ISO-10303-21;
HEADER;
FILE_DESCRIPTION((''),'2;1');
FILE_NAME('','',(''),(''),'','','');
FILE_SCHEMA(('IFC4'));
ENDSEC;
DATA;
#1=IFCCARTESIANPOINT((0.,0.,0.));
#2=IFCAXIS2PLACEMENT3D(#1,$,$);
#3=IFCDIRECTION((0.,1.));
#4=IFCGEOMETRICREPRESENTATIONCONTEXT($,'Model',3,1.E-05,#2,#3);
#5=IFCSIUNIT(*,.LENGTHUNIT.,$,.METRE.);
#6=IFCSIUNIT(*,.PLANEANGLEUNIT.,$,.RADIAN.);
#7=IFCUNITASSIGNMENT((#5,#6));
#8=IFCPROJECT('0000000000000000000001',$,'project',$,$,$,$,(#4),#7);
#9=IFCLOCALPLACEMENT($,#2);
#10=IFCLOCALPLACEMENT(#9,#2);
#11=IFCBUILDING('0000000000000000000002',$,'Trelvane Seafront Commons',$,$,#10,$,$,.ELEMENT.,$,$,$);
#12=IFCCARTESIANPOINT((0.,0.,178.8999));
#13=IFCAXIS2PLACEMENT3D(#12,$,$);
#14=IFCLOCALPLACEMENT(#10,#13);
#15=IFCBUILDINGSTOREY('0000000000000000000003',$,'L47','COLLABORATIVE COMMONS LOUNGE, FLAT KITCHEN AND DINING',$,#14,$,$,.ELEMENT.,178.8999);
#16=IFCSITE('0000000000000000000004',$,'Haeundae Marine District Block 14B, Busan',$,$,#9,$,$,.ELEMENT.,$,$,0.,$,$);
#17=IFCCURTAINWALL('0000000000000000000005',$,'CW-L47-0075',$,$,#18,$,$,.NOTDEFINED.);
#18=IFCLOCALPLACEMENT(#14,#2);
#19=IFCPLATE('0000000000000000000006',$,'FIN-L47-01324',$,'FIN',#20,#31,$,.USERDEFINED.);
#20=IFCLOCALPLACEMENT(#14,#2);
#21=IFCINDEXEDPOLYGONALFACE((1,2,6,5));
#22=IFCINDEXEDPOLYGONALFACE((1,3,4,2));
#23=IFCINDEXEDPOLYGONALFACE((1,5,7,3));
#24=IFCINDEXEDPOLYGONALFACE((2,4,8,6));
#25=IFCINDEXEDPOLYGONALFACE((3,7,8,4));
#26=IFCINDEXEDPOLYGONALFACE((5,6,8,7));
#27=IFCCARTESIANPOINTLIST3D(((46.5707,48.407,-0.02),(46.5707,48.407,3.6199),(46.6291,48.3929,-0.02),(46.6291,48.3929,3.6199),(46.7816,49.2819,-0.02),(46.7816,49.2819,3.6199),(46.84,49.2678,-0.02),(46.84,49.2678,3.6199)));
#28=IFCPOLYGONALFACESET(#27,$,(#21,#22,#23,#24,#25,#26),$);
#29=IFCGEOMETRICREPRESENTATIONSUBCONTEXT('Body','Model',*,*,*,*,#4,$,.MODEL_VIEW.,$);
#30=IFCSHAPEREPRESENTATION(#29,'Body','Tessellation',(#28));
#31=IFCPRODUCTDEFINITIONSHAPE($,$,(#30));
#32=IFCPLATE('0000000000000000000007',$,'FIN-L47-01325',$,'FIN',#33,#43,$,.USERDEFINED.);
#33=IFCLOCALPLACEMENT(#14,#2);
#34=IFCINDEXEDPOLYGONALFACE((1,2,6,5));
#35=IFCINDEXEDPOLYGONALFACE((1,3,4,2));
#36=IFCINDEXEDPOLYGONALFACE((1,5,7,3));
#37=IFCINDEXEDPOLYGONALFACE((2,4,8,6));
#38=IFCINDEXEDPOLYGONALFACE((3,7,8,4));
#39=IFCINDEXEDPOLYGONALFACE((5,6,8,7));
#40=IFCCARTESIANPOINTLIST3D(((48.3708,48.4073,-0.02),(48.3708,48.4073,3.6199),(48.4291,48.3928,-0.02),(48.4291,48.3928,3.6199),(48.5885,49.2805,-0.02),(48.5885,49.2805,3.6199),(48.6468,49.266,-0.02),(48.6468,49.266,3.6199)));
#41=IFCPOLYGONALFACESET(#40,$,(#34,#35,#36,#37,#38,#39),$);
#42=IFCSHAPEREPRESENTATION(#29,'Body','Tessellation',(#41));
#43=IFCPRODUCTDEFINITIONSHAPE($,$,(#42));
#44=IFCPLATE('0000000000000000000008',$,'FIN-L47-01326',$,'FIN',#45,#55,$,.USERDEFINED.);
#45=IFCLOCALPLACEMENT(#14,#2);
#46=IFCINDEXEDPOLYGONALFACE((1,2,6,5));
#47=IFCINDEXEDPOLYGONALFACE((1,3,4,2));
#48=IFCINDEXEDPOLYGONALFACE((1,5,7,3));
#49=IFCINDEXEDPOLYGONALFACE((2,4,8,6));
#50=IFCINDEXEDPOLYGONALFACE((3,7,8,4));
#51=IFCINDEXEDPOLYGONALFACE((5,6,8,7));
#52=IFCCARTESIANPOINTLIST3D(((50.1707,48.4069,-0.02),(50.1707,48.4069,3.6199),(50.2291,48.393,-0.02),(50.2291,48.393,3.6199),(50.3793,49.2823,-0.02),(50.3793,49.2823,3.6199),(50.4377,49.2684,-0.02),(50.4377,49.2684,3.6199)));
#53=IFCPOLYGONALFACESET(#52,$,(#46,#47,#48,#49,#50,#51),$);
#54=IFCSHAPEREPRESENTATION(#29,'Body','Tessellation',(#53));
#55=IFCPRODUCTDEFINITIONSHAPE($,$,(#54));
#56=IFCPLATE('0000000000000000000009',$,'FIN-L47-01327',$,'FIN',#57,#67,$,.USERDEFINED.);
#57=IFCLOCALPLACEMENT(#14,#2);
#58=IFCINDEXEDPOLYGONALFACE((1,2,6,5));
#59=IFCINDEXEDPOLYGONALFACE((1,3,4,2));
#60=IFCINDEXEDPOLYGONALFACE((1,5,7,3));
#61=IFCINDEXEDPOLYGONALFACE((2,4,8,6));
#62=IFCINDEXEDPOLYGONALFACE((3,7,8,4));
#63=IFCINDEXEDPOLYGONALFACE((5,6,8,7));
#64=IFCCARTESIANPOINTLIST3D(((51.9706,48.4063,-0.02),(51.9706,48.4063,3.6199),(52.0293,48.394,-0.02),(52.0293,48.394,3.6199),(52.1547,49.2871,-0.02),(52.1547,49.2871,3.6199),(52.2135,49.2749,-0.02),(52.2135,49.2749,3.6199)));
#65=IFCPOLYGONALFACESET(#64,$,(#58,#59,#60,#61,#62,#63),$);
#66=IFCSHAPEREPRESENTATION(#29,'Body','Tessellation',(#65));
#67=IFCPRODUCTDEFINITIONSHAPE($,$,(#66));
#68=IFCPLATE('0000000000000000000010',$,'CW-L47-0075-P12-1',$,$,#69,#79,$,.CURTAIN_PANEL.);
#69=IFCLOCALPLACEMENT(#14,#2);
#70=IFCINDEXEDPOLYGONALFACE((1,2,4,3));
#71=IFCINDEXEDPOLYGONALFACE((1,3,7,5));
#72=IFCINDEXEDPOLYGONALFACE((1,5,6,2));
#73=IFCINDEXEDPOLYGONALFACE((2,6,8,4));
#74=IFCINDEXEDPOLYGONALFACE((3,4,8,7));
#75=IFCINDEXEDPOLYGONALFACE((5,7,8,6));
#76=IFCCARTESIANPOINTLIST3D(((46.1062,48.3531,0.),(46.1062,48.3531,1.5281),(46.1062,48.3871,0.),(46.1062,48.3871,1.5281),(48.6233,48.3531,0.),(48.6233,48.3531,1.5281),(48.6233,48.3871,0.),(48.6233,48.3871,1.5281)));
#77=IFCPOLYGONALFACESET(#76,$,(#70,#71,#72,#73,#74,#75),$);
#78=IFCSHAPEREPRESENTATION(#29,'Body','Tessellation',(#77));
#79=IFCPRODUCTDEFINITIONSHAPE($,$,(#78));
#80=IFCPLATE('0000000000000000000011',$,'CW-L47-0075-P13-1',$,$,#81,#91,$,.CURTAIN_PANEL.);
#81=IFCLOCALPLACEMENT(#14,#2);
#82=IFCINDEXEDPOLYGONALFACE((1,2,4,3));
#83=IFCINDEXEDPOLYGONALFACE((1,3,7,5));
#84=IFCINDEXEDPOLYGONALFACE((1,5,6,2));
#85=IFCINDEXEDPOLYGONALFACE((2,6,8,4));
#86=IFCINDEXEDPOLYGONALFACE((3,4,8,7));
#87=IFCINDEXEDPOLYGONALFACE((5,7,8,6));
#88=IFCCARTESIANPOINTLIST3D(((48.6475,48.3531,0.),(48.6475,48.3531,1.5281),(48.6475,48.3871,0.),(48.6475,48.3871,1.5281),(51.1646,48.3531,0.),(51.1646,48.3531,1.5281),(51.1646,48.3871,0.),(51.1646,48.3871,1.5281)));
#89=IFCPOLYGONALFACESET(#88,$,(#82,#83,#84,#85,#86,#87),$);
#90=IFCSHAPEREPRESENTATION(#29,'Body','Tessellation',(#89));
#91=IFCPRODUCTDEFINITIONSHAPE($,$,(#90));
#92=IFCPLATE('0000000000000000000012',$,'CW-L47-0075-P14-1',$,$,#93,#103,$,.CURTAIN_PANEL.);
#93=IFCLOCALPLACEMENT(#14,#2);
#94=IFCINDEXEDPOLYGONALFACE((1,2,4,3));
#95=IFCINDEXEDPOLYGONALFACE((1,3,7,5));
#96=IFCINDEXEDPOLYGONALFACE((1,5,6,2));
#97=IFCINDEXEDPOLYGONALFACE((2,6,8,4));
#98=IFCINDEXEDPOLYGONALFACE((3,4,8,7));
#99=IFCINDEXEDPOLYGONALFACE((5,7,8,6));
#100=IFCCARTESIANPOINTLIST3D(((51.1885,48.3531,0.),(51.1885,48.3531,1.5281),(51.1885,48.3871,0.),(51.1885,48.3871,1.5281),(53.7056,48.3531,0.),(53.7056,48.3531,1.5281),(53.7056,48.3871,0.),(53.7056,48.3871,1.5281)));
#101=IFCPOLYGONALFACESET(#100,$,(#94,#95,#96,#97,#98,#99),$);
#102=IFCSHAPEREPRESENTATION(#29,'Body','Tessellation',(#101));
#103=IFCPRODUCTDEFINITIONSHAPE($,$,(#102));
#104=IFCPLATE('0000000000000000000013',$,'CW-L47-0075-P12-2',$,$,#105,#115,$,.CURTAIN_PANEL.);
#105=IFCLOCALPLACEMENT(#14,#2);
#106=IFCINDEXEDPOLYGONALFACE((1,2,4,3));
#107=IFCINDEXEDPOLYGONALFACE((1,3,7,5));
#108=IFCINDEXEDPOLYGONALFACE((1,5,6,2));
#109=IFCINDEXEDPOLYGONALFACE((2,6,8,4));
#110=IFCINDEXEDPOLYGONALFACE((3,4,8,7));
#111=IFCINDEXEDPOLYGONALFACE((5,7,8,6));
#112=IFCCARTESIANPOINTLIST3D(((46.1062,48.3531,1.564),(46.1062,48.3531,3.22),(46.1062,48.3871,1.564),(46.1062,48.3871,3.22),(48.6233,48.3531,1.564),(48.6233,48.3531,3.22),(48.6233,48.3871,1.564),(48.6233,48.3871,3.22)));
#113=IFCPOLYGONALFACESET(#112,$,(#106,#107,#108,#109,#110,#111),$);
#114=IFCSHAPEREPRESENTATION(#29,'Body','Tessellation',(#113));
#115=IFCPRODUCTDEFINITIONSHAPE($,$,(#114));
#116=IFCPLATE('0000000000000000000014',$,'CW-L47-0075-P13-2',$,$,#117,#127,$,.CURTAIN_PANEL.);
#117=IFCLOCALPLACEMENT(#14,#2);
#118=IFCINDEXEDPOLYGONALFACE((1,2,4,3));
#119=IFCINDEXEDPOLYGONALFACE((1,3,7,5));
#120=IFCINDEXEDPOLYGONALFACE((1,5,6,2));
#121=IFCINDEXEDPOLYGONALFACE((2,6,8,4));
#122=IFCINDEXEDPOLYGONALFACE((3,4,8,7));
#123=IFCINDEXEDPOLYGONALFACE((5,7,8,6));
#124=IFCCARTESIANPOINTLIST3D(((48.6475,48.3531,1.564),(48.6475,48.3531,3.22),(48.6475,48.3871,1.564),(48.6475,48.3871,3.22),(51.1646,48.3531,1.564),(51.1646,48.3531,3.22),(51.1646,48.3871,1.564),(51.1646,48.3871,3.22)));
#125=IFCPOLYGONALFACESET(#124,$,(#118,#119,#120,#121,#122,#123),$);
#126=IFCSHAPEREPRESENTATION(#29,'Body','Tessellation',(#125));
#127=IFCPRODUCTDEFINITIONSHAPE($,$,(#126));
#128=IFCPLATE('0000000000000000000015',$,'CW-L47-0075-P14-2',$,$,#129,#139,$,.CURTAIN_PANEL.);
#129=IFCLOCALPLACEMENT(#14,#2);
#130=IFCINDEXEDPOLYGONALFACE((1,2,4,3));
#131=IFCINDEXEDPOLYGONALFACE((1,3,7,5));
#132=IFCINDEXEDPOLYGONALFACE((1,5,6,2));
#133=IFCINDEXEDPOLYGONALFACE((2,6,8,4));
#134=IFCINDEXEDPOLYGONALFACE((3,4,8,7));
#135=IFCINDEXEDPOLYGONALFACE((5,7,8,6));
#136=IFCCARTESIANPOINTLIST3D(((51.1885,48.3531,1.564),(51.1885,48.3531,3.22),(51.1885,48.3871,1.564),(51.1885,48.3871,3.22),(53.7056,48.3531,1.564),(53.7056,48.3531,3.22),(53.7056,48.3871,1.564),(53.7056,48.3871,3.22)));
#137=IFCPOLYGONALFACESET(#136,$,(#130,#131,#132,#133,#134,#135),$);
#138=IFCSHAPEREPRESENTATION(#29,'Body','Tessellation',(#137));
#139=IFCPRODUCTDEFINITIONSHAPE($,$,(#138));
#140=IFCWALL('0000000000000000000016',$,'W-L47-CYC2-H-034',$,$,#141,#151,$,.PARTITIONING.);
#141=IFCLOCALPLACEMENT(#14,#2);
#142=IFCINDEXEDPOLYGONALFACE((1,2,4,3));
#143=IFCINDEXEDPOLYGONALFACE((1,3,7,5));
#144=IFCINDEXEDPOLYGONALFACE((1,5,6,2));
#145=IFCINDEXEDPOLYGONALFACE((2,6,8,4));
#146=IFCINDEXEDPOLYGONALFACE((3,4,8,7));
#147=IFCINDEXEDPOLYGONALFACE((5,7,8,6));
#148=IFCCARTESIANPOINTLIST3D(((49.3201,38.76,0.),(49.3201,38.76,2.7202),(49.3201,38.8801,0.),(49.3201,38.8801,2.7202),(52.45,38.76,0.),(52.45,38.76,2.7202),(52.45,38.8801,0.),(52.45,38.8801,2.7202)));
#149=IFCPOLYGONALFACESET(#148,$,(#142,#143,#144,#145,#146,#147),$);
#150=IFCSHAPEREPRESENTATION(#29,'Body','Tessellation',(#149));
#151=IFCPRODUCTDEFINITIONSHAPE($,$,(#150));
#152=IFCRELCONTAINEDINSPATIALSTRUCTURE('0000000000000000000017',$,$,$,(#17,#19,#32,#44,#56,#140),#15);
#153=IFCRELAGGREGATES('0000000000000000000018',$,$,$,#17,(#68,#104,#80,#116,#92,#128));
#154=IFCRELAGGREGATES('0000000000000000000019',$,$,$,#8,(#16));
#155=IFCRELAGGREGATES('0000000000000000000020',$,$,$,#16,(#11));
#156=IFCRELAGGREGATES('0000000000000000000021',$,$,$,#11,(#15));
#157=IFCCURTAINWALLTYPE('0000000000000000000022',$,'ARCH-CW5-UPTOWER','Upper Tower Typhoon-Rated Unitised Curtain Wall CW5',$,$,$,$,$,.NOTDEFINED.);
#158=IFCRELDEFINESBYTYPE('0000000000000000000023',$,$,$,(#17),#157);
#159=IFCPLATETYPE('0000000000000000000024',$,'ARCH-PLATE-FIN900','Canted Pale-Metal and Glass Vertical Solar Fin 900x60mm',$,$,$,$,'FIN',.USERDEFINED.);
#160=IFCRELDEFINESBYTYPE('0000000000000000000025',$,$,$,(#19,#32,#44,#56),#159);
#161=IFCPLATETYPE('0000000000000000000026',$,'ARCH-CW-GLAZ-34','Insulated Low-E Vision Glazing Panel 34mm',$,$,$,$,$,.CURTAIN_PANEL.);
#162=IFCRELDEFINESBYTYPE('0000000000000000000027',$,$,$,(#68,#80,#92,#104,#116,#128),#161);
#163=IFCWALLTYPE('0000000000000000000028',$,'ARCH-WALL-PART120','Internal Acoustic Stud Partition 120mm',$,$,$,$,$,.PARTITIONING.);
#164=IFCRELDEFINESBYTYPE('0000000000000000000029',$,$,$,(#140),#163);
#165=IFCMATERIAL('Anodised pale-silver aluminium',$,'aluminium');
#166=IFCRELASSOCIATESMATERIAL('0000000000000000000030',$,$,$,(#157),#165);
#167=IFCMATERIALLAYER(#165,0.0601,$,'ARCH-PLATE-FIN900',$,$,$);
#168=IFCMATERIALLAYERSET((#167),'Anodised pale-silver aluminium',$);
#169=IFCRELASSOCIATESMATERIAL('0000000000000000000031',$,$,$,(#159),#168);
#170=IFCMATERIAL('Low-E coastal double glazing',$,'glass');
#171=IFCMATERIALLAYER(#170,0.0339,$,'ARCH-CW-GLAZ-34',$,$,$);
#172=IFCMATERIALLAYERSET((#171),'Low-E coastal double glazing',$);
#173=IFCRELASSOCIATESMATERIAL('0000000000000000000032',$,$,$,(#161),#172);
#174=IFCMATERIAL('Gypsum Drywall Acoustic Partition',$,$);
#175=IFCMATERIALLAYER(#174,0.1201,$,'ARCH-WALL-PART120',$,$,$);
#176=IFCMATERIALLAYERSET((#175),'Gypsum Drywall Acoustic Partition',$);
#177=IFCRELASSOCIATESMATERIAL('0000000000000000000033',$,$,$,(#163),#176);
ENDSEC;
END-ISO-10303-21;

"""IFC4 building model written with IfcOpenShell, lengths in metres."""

from ifc_helpers import new_model, si_unit, direction, frame, frame_2d, origin, origin_2d, place, context, subcontext, project, spatial, rectangle, extrude, source, transform, mapped, material, layer, layer_set, type_object, element, aggregate, save


model = new_model("IFC4")

# Units and contexts
model_context = context("Model", 3, precision=1e-05, world=origin(), true_north=direction((0.0, 1.0)))
body_context = subcontext(model_context, "Body", "Model", "MODEL_VIEW")
ifc_project = project(units=[si_unit("LENGTHUNIT", "METRE"), si_unit("PLANEANGLEUNIT", "RADIAN")], contexts=[model_context])

# Site, building, storey
site_placement = place(None, origin())
site = spatial("IfcSite", under=ifc_project, at=site_placement, Name="Haeundae Marine District Block 14B, Busan", CompositionType="ELEMENT", RefElevation=0.0)
building_placement = place(site_placement, origin())
building = spatial("IfcBuilding", under=site, at=building_placement, Name="Trelvane Seafront Commons", CompositionType="ELEMENT")
storey_placement = place(building_placement, frame((0.0, 0.0, 178.8999)))
storey = spatial("IfcBuildingStorey", under=building, at=storey_placement, Name="L47", Description="COLLABORATIVE COMMONS LOUNGE, FLAT KITCHEN AND DINING", CompositionType="ELEMENT", Elevation=178.8999)

# Curtain wall
ifc_material_1 = material(Name="Anodised pale-silver aluminium", Category="aluminium")
curtain_wall_type = type_object("IfcCurtainWallType", Name="ARCH-CW5-UPTOWER", Description="Upper Tower Typhoon-Rated Unitised Curtain Wall CW5", PredefinedType="NOTDEFINED", material=ifc_material_1)
curtain_wall_placement = place(storey_placement, origin())
curtain_wall = element("IfcCurtainWall", 1, at=curtain_wall_placement, inside=storey, type_object=curtain_wall_type, Name="CW-L47-0075", PredefinedType="NOTDEFINED")

# Plates
ifc_layer_1 = layer(ifc_material_1, 0.0601, Name="ARCH-PLATE-FIN900")
ifc_layer_set_1 = layer_set([ifc_layer_1], Name="Anodised pale-silver aluminium")
plate_type_1 = type_object("IfcPlateType", Name="ARCH-PLATE-FIN900", Description="Canted Pale-Metal and Glass Vertical Solar Fin 900x60mm", ElementType="FIN", PredefinedType="USERDEFINED", material=ifc_layer_set_1)
shared_shape_1 = source(origin(), body_context, "Body", "SweptSolid", [
    extrude(rectangle(XDim=0.8999, YDim=0.0601, at=origin_2d()), origin(), (0.0, 0.0, 1.0), 3.6399),
])
for number, where, z_axis, x_axis, name in (
    (2, (46.7053, 48.8374, -0.02), (0.0, 0.0, 1.0), (0.234343, 0.972154, 0.0), "FIN-L47-01324"),
    (3, (48.5088, 48.8367, -0.02), (0.0, 0.0, 1.0), (0.241881, 0.970306, 0.0), "FIN-L47-01325"),
    (4, (50.3042, 48.8376, -0.02), (0.0, 0.0, 1.0), (0.231775, 0.972769, 0.0), "FIN-L47-01326"),
    (5, (52.092, 48.8406, -0.02), (0.0, 0.0, 1.0), (0.204677, 0.97883, 0.0), "FIN-L47-01327"),
):
    element("IfcPlate", number, at=place(storey_placement, frame(where, z_axis=z_axis, x_axis=x_axis)), inside=storey, type_object=plate_type_1, Name=name, ObjectType="FIN", PredefinedType="USERDEFINED", context=body_context, shape_type="MappedRepresentation", body=[
        mapped(shared_shape_1, transform((0.0, 0.0, 0.0), x_axis=(1.0, 0.0, 0.0), y_axis=(0.0, 1.0, 0.0), z_axis=(0.0, 0.0, 1.0), scale=1.0)),
    ])

# Plates
ifc_material_2 = material(Name="Low-E coastal double glazing", Category="glass")
ifc_layer_2 = layer(ifc_material_2, 0.0339, Name="ARCH-CW-GLAZ-34")
ifc_layer_set_2 = layer_set([ifc_layer_2], Name="Low-E coastal double glazing")
plate_type_2 = type_object("IfcPlateType", Name="ARCH-CW-GLAZ-34", Description="Insulated Low-E Vision Glazing Panel 34mm", PredefinedType="CURTAIN_PANEL", material=ifc_layer_set_2)
shared_shape_2 = source(origin(), body_context, "Body", "SweptSolid", [
    extrude(rectangle(XDim=2.5171, YDim=0.0339, at=origin_2d()), origin(), (0.0, 0.0, 1.0), 1.5281),
])
plate_1_placement = place(storey_placement, frame((47.3647, 48.3701, 0.0), z_axis=(0.0, 0.0, 1.0), x_axis=(1.0, 0.0, 0.0)))
plate_1 = element("IfcPlate", 6, at=plate_1_placement, type_object=plate_type_2, Name="CW-L47-0075-P12-1", PredefinedType="CURTAIN_PANEL", context=body_context, shape_type="MappedRepresentation", body=[
    mapped(shared_shape_2, transform((0.0, 0.0, 0.0), x_axis=(1.0, 0.0, 0.0), y_axis=(0.0, 1.0, 0.0), z_axis=(0.0, 0.0, 1.0), scale=1.0)),
])
plate_2_placement = place(storey_placement, frame((49.906, 48.3701, 0.0), z_axis=(0.0, 0.0, 1.0), x_axis=(1.0, 0.0, 0.0)))
plate_2 = element("IfcPlate", 7, at=plate_2_placement, type_object=plate_type_2, Name="CW-L47-0075-P13-1", PredefinedType="CURTAIN_PANEL", context=body_context, shape_type="MappedRepresentation", body=[
    mapped(shared_shape_2, transform((0.0, 0.0, 0.0), x_axis=(1.0, 0.0, 0.0), y_axis=(0.0, 1.0, 0.0), z_axis=(0.0, 0.0, 1.0), scale=1.0)),
])
plate_3_placement = place(storey_placement, frame((52.447, 48.3701, 0.0), z_axis=(0.0, 0.0, 1.0), x_axis=(1.0, 0.0, 0.0)))
plate_3 = element("IfcPlate", 8, at=plate_3_placement, type_object=plate_type_2, Name="CW-L47-0075-P14-1", PredefinedType="CURTAIN_PANEL", context=body_context, shape_type="MappedRepresentation", body=[
    mapped(shared_shape_2, transform((0.0, 0.0, 0.0), x_axis=(1.0, 0.0, 0.0), y_axis=(0.0, 1.0, 0.0), z_axis=(0.0, 0.0, 1.0), scale=1.0)),
])
shared_shape_3 = source(origin(), body_context, "Body", "SweptSolid", [
    extrude(rectangle(XDim=2.5171, YDim=0.0339, at=origin_2d()), origin(), (0.0, 0.0, 1.0), 1.656),
])
plate_4_placement = place(storey_placement, frame((47.3647, 48.3701, 1.564), z_axis=(0.0, 0.0, 1.0), x_axis=(1.0, 0.0, 0.0)))
plate_4 = element("IfcPlate", 9, at=plate_4_placement, type_object=plate_type_2, Name="CW-L47-0075-P12-2", PredefinedType="CURTAIN_PANEL", context=body_context, shape_type="MappedRepresentation", body=[
    mapped(shared_shape_3, transform((0.0, 0.0, 0.0), x_axis=(1.0, 0.0, 0.0), y_axis=(0.0, 1.0, 0.0), z_axis=(0.0, 0.0, 1.0), scale=1.0)),
])
plate_5_placement = place(storey_placement, frame((49.906, 48.3701, 1.564), z_axis=(0.0, 0.0, 1.0), x_axis=(1.0, 0.0, 0.0)))
plate_5 = element("IfcPlate", 10, at=plate_5_placement, type_object=plate_type_2, Name="CW-L47-0075-P13-2", PredefinedType="CURTAIN_PANEL", context=body_context, shape_type="MappedRepresentation", body=[
    mapped(shared_shape_3, transform((0.0, 0.0, 0.0), x_axis=(1.0, 0.0, 0.0), y_axis=(0.0, 1.0, 0.0), z_axis=(0.0, 0.0, 1.0), scale=1.0)),
])
plate_6_placement = place(storey_placement, frame((52.447, 48.3701, 1.564), z_axis=(0.0, 0.0, 1.0), x_axis=(1.0, 0.0, 0.0)))
plate_6 = element("IfcPlate", 11, at=plate_6_placement, type_object=plate_type_2, Name="CW-L47-0075-P14-2", PredefinedType="CURTAIN_PANEL", context=body_context, shape_type="MappedRepresentation", body=[
    mapped(shared_shape_3, transform((0.0, 0.0, 0.0), x_axis=(1.0, 0.0, 0.0), y_axis=(0.0, 1.0, 0.0), z_axis=(0.0, 0.0, 1.0), scale=1.0)),
])
aggregate(curtain_wall, [plate_1, plate_4, plate_2, plate_5, plate_3, plate_6])

# Wall
ifc_material_3 = material(Name="Gypsum Drywall Acoustic Partition")
ifc_layer_3 = layer(ifc_material_3, 0.1201, Name="ARCH-WALL-PART120")
ifc_layer_set_3 = layer_set([ifc_layer_3], Name="Gypsum Drywall Acoustic Partition")
wall_type_1 = type_object("IfcWallType", Name="ARCH-WALL-PART120", Description="Internal Acoustic Stud Partition 120mm", PredefinedType="PARTITIONING", material=ifc_layer_set_3)
wall_1_placement = place(storey_placement, frame((49.3201, 38.8201, 0.0), z_axis=(0.0, 0.0, 1.0), x_axis=(1.0, 0.0, 0.0)))
element("IfcWall", 12, at=wall_1_placement, inside=storey, type_object=wall_type_1, Name="W-L47-CYC2-H-034", PredefinedType="PARTITIONING", context=body_context, shape_type="SweptSolid", body=[
    extrude(rectangle(XDim=3.1299, YDim=0.1201, at=frame_2d((1.5649, 0.0))), origin(), (0.0, 0.0, 1.0), 2.7202),
])

save(model, "model.ifc")
